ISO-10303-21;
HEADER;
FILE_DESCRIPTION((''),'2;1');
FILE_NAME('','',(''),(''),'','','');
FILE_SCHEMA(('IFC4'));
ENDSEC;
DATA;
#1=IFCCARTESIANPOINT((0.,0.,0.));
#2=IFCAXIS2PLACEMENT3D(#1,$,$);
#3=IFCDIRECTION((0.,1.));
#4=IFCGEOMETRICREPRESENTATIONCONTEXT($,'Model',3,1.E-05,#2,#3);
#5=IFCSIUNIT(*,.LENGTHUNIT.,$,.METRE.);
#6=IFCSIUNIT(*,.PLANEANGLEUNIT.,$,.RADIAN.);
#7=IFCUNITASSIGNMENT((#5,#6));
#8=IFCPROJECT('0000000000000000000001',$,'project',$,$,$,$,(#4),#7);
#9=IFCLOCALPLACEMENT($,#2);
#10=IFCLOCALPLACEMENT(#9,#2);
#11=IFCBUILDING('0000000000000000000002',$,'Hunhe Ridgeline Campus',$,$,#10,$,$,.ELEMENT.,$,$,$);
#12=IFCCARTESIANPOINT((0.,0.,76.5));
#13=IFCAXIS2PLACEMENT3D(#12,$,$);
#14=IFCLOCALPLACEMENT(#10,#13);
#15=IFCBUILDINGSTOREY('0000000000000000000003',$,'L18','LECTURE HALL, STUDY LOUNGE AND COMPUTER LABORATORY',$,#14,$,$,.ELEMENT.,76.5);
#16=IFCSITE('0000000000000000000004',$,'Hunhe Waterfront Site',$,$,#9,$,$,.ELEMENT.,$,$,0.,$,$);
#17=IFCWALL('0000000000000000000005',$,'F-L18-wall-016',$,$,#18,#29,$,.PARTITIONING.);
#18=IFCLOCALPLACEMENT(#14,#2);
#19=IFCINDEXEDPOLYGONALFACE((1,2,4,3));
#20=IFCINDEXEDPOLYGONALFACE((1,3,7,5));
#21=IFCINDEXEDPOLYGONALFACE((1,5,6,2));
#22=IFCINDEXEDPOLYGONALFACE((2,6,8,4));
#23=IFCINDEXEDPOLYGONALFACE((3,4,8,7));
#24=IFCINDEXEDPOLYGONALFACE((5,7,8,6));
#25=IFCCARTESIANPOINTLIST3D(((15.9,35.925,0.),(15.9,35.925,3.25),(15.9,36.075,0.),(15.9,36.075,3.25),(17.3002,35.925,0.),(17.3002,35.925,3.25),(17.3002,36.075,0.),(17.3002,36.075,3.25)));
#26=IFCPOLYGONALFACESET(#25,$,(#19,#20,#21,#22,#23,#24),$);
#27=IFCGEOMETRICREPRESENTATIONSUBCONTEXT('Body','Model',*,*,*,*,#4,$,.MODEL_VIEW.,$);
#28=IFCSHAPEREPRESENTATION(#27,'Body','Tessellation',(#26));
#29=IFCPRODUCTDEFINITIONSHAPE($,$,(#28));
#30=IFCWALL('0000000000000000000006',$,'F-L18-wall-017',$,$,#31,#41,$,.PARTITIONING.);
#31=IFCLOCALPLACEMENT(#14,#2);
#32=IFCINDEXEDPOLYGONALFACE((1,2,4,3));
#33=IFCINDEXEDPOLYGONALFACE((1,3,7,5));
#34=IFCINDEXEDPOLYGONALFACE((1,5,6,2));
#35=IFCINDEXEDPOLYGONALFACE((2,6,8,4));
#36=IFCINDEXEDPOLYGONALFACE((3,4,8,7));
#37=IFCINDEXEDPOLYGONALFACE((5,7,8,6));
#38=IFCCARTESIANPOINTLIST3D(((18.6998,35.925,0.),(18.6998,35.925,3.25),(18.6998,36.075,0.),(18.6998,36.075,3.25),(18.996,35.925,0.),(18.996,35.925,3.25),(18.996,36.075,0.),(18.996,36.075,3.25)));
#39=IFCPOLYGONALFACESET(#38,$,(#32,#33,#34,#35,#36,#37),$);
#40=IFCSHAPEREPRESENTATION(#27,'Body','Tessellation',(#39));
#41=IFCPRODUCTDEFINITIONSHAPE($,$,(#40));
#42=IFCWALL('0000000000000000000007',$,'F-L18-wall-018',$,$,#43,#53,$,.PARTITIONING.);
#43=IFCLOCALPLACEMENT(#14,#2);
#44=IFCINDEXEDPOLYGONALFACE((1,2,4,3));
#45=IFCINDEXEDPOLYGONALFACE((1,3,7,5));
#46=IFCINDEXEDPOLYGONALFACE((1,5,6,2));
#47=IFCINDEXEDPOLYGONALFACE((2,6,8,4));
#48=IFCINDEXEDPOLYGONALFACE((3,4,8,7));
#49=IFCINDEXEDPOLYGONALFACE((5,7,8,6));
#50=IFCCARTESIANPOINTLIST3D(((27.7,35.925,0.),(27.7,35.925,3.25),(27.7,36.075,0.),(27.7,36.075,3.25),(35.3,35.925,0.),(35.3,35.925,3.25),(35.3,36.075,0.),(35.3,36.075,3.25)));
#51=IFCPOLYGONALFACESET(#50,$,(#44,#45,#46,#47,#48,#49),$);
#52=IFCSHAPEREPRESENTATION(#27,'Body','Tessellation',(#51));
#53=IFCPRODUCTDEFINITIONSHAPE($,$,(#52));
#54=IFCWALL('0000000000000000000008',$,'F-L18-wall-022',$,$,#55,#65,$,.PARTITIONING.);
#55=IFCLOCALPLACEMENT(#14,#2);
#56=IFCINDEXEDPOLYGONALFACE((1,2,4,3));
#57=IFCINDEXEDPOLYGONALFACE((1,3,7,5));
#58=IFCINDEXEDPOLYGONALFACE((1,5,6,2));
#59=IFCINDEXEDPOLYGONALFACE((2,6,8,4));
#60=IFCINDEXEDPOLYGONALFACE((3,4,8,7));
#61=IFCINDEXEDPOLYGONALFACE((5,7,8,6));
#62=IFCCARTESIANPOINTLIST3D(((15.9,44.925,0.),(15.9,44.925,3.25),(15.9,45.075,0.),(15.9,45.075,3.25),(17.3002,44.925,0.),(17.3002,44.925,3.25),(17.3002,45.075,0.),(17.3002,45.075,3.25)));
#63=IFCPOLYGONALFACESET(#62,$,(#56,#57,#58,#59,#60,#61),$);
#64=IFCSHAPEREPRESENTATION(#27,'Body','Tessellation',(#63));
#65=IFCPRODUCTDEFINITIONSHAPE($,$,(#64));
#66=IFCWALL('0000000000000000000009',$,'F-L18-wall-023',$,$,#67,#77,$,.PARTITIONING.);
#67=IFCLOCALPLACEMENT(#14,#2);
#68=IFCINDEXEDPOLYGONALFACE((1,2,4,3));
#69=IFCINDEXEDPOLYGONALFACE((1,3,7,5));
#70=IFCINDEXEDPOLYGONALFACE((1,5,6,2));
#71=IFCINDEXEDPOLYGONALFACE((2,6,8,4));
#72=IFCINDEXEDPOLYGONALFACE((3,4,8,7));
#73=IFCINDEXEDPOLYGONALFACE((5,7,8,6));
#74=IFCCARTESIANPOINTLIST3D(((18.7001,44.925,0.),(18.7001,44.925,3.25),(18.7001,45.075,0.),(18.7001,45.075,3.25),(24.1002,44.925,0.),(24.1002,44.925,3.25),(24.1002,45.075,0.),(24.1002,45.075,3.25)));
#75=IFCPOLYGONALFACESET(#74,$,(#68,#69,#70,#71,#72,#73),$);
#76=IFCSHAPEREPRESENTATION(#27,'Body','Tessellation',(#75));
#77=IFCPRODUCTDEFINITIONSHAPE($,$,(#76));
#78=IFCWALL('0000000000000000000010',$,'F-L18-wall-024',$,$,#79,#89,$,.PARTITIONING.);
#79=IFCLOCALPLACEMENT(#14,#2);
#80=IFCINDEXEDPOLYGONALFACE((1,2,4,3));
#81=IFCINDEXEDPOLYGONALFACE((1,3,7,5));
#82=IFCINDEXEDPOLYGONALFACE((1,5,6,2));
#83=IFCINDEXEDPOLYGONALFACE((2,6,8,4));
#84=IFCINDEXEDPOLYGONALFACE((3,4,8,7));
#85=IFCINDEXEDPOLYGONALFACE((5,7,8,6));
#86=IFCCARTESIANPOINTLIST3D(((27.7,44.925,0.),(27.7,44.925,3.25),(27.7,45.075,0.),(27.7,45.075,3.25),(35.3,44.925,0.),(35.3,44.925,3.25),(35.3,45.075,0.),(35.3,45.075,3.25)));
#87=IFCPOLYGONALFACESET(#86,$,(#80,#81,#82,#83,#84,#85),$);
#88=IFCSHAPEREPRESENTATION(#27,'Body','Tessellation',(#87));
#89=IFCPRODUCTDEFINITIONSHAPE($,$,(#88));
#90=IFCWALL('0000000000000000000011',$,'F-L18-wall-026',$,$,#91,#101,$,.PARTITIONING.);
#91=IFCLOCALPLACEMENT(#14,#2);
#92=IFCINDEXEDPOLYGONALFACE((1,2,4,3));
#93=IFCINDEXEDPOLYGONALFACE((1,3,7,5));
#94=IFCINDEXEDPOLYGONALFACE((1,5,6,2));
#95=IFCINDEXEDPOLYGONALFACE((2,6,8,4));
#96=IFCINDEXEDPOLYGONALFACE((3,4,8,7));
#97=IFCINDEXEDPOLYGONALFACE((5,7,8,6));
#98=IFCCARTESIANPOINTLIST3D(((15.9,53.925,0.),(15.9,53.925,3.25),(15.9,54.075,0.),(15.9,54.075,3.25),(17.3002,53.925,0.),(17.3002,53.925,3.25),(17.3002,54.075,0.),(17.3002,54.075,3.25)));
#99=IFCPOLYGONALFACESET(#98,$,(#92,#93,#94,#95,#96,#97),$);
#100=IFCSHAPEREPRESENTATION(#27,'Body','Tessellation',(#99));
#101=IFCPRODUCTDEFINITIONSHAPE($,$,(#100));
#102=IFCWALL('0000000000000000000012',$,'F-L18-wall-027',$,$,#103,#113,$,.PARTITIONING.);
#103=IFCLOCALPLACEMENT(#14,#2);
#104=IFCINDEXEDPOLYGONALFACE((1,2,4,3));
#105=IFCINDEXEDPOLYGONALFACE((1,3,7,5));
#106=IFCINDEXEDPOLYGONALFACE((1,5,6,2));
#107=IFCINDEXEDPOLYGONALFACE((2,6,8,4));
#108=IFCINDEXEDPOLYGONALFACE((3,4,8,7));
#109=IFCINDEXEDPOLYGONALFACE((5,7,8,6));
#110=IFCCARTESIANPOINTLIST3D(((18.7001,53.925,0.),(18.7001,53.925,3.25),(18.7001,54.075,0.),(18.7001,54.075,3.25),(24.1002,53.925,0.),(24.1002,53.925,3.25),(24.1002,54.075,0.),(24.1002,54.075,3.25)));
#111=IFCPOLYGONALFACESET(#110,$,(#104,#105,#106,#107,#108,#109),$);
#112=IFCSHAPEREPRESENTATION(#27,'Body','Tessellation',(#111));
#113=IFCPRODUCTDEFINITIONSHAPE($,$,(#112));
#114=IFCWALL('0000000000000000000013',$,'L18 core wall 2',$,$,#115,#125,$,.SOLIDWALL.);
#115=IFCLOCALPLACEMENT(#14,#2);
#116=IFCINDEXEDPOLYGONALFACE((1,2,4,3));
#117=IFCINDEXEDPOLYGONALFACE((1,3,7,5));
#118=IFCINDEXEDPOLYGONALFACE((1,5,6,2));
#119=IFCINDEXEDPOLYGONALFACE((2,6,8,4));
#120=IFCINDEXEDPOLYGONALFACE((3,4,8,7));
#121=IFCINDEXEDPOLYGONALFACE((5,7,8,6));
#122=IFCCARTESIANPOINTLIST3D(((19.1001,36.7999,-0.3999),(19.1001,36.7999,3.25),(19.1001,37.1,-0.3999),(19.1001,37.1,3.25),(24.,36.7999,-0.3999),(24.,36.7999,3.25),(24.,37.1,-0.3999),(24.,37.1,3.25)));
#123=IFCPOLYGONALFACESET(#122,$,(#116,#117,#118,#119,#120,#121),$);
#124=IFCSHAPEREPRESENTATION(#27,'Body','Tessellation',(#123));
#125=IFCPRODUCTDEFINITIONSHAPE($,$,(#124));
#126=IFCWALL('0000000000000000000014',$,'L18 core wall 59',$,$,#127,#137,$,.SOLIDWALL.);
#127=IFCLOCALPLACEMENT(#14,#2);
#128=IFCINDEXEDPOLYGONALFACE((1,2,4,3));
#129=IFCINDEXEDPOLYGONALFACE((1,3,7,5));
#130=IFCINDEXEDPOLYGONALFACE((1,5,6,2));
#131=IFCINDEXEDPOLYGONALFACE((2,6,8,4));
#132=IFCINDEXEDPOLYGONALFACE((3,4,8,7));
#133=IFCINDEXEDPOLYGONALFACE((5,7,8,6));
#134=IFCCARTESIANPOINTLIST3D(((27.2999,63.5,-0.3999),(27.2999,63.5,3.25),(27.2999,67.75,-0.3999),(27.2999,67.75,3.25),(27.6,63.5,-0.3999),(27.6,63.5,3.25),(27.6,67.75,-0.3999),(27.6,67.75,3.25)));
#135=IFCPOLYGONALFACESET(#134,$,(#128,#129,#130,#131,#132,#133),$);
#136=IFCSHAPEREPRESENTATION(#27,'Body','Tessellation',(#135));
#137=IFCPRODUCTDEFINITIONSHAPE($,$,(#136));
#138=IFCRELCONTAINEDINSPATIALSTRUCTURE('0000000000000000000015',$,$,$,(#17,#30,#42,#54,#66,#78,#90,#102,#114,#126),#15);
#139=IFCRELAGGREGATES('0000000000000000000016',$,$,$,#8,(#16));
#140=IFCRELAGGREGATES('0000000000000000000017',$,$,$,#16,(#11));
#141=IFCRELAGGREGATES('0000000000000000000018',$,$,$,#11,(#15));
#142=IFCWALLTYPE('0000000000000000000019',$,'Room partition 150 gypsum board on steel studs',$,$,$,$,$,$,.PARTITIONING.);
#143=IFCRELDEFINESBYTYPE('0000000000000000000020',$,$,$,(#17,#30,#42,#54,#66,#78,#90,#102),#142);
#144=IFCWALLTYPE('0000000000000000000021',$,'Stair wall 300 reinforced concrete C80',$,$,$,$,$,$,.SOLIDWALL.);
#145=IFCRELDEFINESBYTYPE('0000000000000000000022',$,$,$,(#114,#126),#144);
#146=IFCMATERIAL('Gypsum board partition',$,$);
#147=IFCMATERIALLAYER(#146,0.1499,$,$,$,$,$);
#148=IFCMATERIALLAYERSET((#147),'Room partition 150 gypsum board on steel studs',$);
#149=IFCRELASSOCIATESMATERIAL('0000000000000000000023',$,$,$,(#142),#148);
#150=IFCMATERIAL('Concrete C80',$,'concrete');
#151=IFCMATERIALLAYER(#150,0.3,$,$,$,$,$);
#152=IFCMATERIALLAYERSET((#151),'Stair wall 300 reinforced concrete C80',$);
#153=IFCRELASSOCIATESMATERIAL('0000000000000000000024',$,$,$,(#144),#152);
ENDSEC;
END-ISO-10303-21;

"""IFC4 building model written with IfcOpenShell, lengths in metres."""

from ifc_helpers import new_model, si_unit, direction, frame, frame_2d, origin, place, context, subcontext, project, spatial, rectangle, extrude, material, layer, layer_set, type_object, element, save


model = new_model("IFC4")

# Units and contexts
model_context = context("Model", 3, precision=1e-05, world=origin(), true_north=direction((0.0, 1.0)))
body_context = subcontext(model_context, "Body", "Model", "MODEL_VIEW")
ifc_project = project(units=[si_unit("LENGTHUNIT", "METRE"), si_unit("PLANEANGLEUNIT", "RADIAN")], contexts=[model_context])

# Site, building, storey
site_placement = place(None, origin())
site = spatial("IfcSite", under=ifc_project, at=site_placement, Name="Hunhe Waterfront Site", CompositionType="ELEMENT", RefElevation=0.0)
building_placement = place(site_placement, origin())
building = spatial("IfcBuilding", under=site, at=building_placement, Name="Hunhe Ridgeline Campus", CompositionType="ELEMENT")
storey_placement = place(building_placement, frame((0.0, 0.0, 76.5)))
storey = spatial("IfcBuildingStorey", under=building, at=storey_placement, Name="L18", Description="LECTURE HALL, STUDY LOUNGE AND COMPUTER LABORATORY", CompositionType="ELEMENT", Elevation=76.5)

# Shared definitions
ifc_material_1 = material(Name="Concrete C80", Category="concrete")

# Shared definitions
ifc_material_2 = material(Name="Gypsum board partition")

# Walls
ifc_layer_1 = layer(ifc_material_2, 0.1499)
ifc_layer_set_1 = layer_set([ifc_layer_1], Name="Room partition 150 gypsum board on steel studs")
wall_type_1 = type_object("IfcWallType", Name="Room partition 150 gypsum board on steel studs", PredefinedType="PARTITIONING", material=ifc_layer_set_1)
wall_1_placement = place(storey_placement, frame((15.8999, 36.0, 0.0), z_axis=(0.0, 0.0, 1.0), x_axis=(1.0, 0.0, 0.0)))
element("IfcWall", 1, at=wall_1_placement, inside=storey, type_object=wall_type_1, Name="F-L18-wall-016", PredefinedType="PARTITIONING", context=body_context, shape_type="SweptSolid", body=[
    extrude(rectangle(XDim=1.4001, YDim=0.1499, at=frame_2d((0.7002, 0.0))), origin(), (0.0, 0.0, 1.0), 3.25),
])
wall_2_placement = place(storey_placement, frame((18.7, 36.0, 0.0), z_axis=(0.0, 0.0, 1.0), x_axis=(1.0, 0.0, 0.0)))
element("IfcWall", 2, at=wall_2_placement, inside=storey, type_object=wall_type_1, Name="F-L18-wall-017", PredefinedType="PARTITIONING", context=body_context, shape_type="SweptSolid", body=[
    extrude(rectangle(XDim=0.2961, YDim=0.1499, at=frame_2d((0.1479, 0.0))), origin(), (0.0, 0.0, 1.0), 3.25),
])
wall_3_placement = place(storey_placement, frame((27.7, 36.0, 0.0), z_axis=(0.0, 0.0, 1.0), x_axis=(1.0, 0.0, 0.0)))
element("IfcWall", 3, at=wall_3_placement, inside=storey, type_object=wall_type_1, Name="F-L18-wall-018", PredefinedType="PARTITIONING", context=body_context, shape_type="SweptSolid", body=[
    extrude(rectangle(XDim=7.6001, YDim=0.1499, at=frame_2d((3.8, 0.0))), origin(), (0.0, 0.0, 1.0), 3.25),
])
wall_4_placement = place(storey_placement, frame((15.8999, 45.0, 0.0), z_axis=(0.0, 0.0, 1.0), x_axis=(1.0, 0.0, 0.0)))
element("IfcWall", 4, at=wall_4_placement, inside=storey, type_object=wall_type_1, Name="F-L18-wall-022", PredefinedType="PARTITIONING", context=body_context, shape_type="SweptSolid", body=[
    extrude(rectangle(XDim=1.4001, YDim=0.1499, at=frame_2d((0.7002, 0.0))), origin(), (0.0, 0.0, 1.0), 3.25),
])
wall_5_placement = place(storey_placement, frame((18.7, 45.0, 0.0), z_axis=(0.0, 0.0, 1.0), x_axis=(1.0, 0.0, 0.0)))
element("IfcWall", 5, at=wall_5_placement, inside=storey, type_object=wall_type_1, Name="F-L18-wall-023", PredefinedType="PARTITIONING", context=body_context, shape_type="SweptSolid", body=[
    extrude(rectangle(XDim=5.4001, YDim=0.1499, at=frame_2d((2.7002, 0.0))), origin(), (0.0, 0.0, 1.0), 3.25),
])
wall_6_placement = place(storey_placement, frame((27.7, 45.0, 0.0), z_axis=(0.0, 0.0, 1.0), x_axis=(1.0, 0.0, 0.0)))
element("IfcWall", 6, at=wall_6_placement, inside=storey, type_object=wall_type_1, Name="F-L18-wall-024", PredefinedType="PARTITIONING", context=body_context, shape_type="SweptSolid", body=[
    extrude(rectangle(XDim=7.6001, YDim=0.1499, at=frame_2d((3.8, 0.0))), origin(), (0.0, 0.0, 1.0), 3.25),
])
wall_7_placement = place(storey_placement, frame((15.8999, 54.0, 0.0), z_axis=(0.0, 0.0, 1.0), x_axis=(1.0, 0.0, 0.0)))
element("IfcWall", 7, at=wall_7_placement, inside=storey, type_object=wall_type_1, Name="F-L18-wall-026", PredefinedType="PARTITIONING", context=body_context, shape_type="SweptSolid", body=[
    extrude(rectangle(XDim=1.4001, YDim=0.1499, at=frame_2d((0.7002, 0.0))), origin(), (0.0, 0.0, 1.0), 3.25),
])
wall_8_placement = place(storey_placement, frame((18.7, 54.0, 0.0), z_axis=(0.0, 0.0, 1.0), x_axis=(1.0, 0.0, 0.0)))
element("IfcWall", 8, at=wall_8_placement, inside=storey, type_object=wall_type_1, Name="F-L18-wall-027", PredefinedType="PARTITIONING", context=body_context, shape_type="SweptSolid", body=[
    extrude(rectangle(XDim=5.4001, YDim=0.1499, at=frame_2d((2.7002, 0.0))), origin(), (0.0, 0.0, 1.0), 3.25),
])
ifc_layer_2 = layer(ifc_material_1, 0.3)
ifc_layer_set_2 = layer_set([ifc_layer_2], Name="Stair wall 300 reinforced concrete C80")
wall_type_2 = type_object("IfcWallType", Name="Stair wall 300 reinforced concrete C80", PredefinedType="SOLIDWALL", material=ifc_layer_set_2)
wall_9_placement = place(storey_placement, frame((19.1001, 36.95, -0.3999), z_axis=(0.0, 0.0, 1.0), x_axis=(1.0, 0.0, 0.0)))
element("IfcWall", 9, at=wall_9_placement, inside=storey, type_object=wall_type_2, Name="L18 core wall 2", PredefinedType="SOLIDWALL", context=body_context, shape_type="SweptSolid", body=[
    extrude(rectangle(XDim=4.8999, YDim=0.3, at=frame_2d((2.45, 0.0))), origin(), (0.0, 0.0, 1.0), 3.6499),
])
wall_10_placement = place(storey_placement, frame((27.45, 63.5, -0.3999), z_axis=(0.0, 0.0, 1.0), x_axis=(0.0, 1.0, 0.0)))
element("IfcWall", 10, at=wall_10_placement, inside=storey, type_object=wall_type_2, Name="L18 core wall 59", PredefinedType="SOLIDWALL", context=body_context, shape_type="SweptSolid", body=[
    extrude(rectangle(XDim=4.25, YDim=0.3, at=frame_2d((2.125, 0.0))), origin(), (0.0, 0.0, 1.0), 3.6499),
])

save(model, "model.ifc")
